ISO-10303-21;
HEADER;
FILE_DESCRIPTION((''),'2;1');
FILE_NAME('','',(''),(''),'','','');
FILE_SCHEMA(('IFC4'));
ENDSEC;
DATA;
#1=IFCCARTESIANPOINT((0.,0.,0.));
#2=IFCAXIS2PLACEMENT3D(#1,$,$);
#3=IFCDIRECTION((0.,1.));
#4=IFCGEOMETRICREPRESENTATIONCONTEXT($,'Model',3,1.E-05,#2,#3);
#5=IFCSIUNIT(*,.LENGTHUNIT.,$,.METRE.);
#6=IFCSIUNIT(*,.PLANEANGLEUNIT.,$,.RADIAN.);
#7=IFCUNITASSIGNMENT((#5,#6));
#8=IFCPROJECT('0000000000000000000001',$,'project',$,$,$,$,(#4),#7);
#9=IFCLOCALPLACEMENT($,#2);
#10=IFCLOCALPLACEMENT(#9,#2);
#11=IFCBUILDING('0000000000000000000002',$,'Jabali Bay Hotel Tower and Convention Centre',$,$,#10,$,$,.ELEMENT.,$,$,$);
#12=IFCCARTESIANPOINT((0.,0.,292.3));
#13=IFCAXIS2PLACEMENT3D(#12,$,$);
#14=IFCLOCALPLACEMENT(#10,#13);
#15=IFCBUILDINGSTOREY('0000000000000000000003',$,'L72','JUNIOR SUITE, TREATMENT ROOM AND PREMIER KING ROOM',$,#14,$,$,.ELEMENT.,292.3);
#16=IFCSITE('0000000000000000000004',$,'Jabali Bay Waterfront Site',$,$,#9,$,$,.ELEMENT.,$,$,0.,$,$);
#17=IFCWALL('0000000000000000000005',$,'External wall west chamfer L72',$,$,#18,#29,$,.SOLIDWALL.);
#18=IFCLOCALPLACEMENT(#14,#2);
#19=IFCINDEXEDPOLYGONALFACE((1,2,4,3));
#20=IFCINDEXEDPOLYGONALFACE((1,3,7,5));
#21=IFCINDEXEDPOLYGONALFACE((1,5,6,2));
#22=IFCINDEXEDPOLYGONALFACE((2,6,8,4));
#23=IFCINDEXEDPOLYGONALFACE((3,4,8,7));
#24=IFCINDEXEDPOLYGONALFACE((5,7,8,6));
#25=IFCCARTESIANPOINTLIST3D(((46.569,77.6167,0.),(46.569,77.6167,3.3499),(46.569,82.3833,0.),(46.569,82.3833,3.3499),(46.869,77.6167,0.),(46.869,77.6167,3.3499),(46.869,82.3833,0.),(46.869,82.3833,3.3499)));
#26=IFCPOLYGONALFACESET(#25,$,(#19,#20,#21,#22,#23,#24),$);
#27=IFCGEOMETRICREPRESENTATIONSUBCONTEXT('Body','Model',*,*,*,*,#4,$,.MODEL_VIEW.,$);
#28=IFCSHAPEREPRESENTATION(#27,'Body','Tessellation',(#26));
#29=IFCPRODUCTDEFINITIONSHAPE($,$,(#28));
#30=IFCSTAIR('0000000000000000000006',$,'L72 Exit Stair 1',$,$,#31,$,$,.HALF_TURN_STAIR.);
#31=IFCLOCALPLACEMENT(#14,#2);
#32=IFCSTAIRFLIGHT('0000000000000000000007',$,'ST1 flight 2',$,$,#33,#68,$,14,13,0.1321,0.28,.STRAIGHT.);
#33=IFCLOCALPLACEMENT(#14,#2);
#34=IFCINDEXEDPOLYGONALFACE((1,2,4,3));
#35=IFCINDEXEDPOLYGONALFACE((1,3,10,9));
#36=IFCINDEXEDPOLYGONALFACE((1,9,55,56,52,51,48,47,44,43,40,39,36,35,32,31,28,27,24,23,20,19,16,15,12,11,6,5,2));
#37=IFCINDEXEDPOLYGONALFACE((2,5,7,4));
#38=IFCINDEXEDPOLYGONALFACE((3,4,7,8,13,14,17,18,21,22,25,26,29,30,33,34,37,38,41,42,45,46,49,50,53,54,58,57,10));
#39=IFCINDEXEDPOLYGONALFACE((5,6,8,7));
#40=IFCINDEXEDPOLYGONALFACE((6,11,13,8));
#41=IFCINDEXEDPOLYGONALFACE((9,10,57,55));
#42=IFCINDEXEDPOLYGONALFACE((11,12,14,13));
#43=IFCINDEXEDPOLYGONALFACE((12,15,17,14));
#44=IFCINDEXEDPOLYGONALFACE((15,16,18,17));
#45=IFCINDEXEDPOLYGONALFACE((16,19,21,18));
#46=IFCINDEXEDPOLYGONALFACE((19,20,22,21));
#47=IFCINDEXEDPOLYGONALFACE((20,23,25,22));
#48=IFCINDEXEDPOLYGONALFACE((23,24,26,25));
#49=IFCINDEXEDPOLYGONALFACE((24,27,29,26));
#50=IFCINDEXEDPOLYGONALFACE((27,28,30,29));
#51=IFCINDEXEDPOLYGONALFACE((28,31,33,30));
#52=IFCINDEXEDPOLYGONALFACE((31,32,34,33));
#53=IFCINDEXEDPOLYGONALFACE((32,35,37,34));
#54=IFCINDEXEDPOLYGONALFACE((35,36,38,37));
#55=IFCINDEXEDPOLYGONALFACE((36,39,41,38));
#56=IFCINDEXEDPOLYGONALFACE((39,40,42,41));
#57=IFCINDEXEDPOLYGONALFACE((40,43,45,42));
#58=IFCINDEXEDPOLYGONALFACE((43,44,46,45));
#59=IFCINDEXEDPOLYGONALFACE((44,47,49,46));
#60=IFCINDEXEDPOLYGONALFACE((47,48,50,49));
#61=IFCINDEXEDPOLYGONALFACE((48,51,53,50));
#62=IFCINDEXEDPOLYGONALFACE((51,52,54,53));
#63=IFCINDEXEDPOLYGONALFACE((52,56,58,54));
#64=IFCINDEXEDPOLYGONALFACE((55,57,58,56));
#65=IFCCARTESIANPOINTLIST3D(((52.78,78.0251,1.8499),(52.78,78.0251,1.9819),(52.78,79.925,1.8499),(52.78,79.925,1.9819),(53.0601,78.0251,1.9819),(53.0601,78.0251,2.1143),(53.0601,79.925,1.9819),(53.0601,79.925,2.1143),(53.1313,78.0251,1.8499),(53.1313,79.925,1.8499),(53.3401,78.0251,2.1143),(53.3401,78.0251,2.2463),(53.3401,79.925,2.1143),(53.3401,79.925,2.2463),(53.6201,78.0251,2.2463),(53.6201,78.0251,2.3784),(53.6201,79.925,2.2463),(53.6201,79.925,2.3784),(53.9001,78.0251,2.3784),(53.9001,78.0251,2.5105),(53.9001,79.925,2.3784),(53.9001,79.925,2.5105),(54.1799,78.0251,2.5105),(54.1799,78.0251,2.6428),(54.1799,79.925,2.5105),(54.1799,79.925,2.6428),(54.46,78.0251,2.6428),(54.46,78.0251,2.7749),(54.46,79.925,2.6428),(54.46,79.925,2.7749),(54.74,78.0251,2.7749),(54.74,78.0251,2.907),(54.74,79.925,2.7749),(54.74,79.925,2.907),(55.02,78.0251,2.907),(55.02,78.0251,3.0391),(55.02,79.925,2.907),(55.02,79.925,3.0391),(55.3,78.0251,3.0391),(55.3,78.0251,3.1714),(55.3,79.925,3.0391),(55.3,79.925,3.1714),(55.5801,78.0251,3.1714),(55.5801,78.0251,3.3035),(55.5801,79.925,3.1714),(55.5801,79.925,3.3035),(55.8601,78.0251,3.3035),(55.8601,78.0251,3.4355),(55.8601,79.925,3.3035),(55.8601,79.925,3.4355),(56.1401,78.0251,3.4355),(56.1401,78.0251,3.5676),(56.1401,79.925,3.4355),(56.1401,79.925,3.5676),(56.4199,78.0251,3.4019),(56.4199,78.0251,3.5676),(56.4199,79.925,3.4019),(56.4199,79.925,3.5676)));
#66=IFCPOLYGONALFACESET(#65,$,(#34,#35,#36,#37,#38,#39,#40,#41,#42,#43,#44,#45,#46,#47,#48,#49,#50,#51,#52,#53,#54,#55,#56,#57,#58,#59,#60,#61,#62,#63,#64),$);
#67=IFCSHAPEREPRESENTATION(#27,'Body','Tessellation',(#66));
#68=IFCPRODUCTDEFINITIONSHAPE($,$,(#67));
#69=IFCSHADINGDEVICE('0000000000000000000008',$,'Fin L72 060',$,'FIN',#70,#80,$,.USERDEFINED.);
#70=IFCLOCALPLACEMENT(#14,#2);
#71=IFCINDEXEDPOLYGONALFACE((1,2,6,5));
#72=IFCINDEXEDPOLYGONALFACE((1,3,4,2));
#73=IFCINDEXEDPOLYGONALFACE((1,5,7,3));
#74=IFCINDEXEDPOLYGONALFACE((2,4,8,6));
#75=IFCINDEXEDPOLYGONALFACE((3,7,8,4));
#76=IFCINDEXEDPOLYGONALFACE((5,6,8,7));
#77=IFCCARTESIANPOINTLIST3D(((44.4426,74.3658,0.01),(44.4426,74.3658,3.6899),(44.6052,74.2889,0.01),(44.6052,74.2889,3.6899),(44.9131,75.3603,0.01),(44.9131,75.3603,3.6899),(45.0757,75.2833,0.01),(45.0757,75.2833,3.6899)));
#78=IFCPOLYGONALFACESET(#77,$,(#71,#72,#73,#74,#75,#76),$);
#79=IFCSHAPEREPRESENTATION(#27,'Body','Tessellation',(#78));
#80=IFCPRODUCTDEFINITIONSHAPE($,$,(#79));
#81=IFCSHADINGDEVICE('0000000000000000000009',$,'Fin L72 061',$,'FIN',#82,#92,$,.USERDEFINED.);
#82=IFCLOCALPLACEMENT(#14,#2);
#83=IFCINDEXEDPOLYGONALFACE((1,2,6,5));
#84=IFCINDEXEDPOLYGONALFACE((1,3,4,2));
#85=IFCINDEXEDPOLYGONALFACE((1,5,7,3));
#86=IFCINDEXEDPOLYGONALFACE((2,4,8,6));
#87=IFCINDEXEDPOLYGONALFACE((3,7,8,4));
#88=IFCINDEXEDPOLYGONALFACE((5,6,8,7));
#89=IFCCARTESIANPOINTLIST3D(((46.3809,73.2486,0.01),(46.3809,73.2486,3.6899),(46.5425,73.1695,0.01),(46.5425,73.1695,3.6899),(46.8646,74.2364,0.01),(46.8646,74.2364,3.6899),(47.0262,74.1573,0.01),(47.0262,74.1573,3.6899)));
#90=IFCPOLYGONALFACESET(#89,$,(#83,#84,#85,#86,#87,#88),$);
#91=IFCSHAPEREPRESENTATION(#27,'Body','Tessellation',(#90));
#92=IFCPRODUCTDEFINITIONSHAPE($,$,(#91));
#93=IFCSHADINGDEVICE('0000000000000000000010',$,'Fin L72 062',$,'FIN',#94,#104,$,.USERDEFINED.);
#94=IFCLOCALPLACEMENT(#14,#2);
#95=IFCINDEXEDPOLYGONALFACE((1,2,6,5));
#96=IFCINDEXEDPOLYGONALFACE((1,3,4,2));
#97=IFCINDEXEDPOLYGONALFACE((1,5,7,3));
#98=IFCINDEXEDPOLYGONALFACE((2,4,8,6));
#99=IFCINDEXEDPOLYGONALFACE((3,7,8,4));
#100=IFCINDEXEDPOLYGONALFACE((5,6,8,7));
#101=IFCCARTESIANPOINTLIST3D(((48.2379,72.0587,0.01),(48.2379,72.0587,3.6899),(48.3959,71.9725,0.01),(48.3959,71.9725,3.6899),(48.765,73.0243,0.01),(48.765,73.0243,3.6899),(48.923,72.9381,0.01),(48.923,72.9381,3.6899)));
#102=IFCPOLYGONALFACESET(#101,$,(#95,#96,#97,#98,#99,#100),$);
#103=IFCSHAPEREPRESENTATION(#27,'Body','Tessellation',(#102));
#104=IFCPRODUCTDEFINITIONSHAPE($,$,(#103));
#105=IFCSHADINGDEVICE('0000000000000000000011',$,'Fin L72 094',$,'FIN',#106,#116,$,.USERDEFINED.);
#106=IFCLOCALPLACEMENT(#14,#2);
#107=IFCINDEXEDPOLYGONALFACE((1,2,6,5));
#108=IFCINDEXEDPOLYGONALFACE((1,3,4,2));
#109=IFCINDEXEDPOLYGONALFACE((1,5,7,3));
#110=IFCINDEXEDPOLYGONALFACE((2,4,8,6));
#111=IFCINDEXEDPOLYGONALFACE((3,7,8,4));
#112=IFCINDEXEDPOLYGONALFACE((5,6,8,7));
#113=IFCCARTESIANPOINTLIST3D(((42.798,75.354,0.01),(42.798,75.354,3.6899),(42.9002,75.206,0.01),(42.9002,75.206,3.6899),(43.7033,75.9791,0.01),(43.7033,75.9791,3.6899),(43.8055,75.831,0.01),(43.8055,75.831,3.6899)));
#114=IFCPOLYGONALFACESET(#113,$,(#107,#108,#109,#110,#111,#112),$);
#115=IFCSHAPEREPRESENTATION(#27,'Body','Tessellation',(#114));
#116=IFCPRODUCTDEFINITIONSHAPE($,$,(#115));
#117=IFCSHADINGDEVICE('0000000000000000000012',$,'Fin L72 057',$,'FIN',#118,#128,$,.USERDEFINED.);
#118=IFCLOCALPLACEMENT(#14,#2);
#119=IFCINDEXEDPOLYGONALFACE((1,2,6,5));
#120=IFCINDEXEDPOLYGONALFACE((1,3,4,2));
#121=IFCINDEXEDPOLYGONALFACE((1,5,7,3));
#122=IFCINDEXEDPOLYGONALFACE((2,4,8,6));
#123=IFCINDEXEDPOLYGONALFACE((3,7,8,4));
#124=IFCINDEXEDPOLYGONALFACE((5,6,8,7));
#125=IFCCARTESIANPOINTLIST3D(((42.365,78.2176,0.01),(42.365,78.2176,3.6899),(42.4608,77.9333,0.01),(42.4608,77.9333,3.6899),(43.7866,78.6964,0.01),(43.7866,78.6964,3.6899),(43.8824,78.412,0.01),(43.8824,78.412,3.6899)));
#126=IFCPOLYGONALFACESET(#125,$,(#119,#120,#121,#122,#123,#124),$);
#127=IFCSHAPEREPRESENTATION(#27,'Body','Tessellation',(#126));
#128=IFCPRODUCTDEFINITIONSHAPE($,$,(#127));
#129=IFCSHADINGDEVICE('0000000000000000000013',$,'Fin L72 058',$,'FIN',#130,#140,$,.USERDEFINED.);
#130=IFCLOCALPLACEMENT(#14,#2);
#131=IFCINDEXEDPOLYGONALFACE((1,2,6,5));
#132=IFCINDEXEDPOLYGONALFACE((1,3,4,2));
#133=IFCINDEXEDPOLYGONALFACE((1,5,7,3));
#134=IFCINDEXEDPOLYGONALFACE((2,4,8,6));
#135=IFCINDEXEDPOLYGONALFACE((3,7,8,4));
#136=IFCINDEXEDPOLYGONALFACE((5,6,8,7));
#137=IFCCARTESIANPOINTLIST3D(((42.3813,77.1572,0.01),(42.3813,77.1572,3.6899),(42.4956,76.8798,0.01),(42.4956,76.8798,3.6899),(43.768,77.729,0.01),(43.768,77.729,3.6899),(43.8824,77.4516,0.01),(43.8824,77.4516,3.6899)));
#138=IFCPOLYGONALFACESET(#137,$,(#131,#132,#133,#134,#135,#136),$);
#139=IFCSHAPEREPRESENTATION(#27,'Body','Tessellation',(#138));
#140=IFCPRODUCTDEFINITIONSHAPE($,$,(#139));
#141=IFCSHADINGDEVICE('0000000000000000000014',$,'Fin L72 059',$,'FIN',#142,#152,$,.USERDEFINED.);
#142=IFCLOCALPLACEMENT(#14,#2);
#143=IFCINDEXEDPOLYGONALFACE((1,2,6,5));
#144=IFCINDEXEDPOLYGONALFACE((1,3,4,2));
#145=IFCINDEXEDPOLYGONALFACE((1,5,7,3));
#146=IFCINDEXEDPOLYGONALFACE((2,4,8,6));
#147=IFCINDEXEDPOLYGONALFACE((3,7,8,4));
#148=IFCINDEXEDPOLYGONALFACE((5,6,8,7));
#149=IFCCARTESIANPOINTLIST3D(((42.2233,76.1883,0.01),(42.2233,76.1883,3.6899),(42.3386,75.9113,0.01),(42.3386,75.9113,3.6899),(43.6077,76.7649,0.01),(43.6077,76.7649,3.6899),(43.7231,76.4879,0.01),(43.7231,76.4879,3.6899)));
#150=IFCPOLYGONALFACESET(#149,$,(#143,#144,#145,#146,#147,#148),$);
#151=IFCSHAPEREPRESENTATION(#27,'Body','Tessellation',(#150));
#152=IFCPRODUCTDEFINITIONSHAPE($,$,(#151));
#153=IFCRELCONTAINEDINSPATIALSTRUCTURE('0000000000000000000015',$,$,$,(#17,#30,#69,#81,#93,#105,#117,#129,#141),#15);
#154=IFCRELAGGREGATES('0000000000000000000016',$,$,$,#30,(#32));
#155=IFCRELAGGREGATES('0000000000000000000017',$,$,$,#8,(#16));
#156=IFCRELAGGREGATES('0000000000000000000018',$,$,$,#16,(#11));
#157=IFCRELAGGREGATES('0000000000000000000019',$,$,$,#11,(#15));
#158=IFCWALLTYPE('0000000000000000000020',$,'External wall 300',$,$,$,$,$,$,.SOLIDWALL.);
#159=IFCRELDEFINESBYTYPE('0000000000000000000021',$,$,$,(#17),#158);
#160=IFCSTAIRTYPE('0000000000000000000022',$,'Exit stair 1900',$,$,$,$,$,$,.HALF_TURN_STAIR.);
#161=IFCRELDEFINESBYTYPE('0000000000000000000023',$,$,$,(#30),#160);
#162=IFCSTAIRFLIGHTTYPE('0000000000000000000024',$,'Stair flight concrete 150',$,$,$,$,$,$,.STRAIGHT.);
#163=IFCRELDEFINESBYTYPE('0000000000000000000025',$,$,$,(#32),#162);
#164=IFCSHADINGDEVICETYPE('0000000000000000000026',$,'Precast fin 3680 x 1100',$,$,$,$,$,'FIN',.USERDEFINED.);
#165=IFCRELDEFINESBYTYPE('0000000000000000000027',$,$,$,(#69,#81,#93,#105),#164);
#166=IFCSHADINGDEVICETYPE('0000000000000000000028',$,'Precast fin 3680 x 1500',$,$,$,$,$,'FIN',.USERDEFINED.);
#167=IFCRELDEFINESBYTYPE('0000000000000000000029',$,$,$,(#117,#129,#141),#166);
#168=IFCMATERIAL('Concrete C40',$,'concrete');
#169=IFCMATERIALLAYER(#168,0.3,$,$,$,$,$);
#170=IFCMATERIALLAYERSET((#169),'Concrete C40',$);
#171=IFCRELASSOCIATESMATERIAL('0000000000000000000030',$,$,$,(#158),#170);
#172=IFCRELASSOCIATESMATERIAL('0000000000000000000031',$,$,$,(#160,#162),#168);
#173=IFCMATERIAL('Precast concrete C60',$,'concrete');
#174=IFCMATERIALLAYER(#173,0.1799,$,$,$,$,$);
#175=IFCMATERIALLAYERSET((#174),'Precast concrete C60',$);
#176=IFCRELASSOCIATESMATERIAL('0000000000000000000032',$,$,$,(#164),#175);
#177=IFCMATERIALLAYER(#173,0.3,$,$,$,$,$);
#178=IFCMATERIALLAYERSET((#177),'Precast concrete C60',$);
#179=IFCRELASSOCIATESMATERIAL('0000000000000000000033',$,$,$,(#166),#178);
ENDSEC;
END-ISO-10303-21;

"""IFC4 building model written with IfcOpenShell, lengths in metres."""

from ifc_helpers import new_model, si_unit, direction, frame, frame_2d, origin, place, context, subcontext, project, spatial, polyline, rectangle, outline, extrude, material, layer, layer_set, type_object, element, aggregate, save


model = new_model("IFC4")

# Units and contexts
model_context = context("Model", 3, precision=1e-05, world=origin(), true_north=direction((0.0, 1.0)))
body_context = subcontext(model_context, "Body", "Model", "MODEL_VIEW")
ifc_project = project(units=[si_unit("LENGTHUNIT", "METRE"), si_unit("PLANEANGLEUNIT", "RADIAN")], contexts=[model_context])

# Site, building, storey
site_placement = place(None, origin())
site = spatial("IfcSite", under=ifc_project, at=site_placement, Name="Jabali Bay Waterfront Site", CompositionType="ELEMENT", RefElevation=0.0)
building_placement = place(site_placement, origin())
building = spatial("IfcBuilding", under=site, at=building_placement, Name="Jabali Bay Hotel Tower and Convention Centre", CompositionType="ELEMENT")
storey_placement = place(building_placement, frame((0.0, 0.0, 292.3)))
storey = spatial("IfcBuildingStorey", under=building, at=storey_placement, Name="L72", Description="JUNIOR SUITE, TREATMENT ROOM AND PREMIER KING ROOM", CompositionType="ELEMENT", Elevation=292.3)

# Shared definitions
ifc_material_1 = material(Name="Concrete C40", Category="concrete")

# Wall
ifc_layer_1 = layer(ifc_material_1, 0.3)
ifc_layer_set_1 = layer_set([ifc_layer_1], Name="Concrete C40")
wall_type_1 = type_object("IfcWallType", Name="External wall 300", PredefinedType="SOLIDWALL", material=ifc_layer_set_1)
wall_1_placement = place(storey_placement, frame((46.719, 77.6167, 0.0), z_axis=(0.0, 0.0, 1.0), x_axis=(0.0, 1.0, 0.0)))
element("IfcWall", 1, at=wall_1_placement, inside=storey, type_object=wall_type_1, Name="External wall west chamfer L72", PredefinedType="SOLIDWALL", context=body_context, shape_type="SweptSolid", body=[
    extrude(rectangle(XDim=4.7666, YDim=0.3, at=frame_2d((2.3833, 0.0))), origin(), (0.0, 0.0, 1.0), 3.3499),
])

# Stair, stair flight
stair_type = type_object("IfcStairType", Name="Exit stair 1900", PredefinedType="HALF_TURN_STAIR", material=ifc_material_1)
stair_placement = place(storey_placement, origin())
stair = element("IfcStair", 2, at=stair_placement, inside=storey, type_object=stair_type, Name="L72 Exit Stair 1", PredefinedType="HALF_TURN_STAIR")
stair_flight_type = type_object("IfcStairFlightType", Name="Stair flight concrete 150", PredefinedType="STRAIGHT", material=ifc_material_1)
stair_flight_placement = place(storey_placement, frame((52.78, 78.9751, 1.8499), z_axis=(0.0, 0.0, 1.0), x_axis=(1.0, 0.0, 0.0)))
stair_flight = element("IfcStairFlight", 3, at=stair_flight_placement, type_object=stair_flight_type, Name="ST1 flight 2", NumberOfRisers=14, NumberOfTreads=13, PredefinedType="STRAIGHT", RiserHeight=0.1321, TreadLength=0.28, context=body_context, shape_type="SweptSolid", body=[
    extrude(outline(polyline([(0.0, 0.0), (0.0, 0.1321), (0.28, 0.1321), (0.28, 0.2644), (0.5601, 0.2644), (0.5601, 0.3965), (0.8401, 0.3965), (0.8401, 0.5286), (1.1201, 0.5286), (1.1201, 0.6606), (1.3999, 0.6606), (1.3999, 0.793), (1.6799, 0.793), (1.6799, 0.925), (1.96, 0.925), (1.96, 1.0571), (2.24, 1.0571), (2.24, 1.1892), (2.52, 1.1892), (2.52, 1.3215), (2.8, 1.3215), (2.8, 1.4536), (3.0801, 1.4536), (3.0801, 1.5857), (3.3601, 1.5857), (3.3601, 1.7178), (3.6399, 1.7178), (3.6399, 1.8501), (3.6399, 1.552), (0.3513, 0.0), (0.0, 0.0)])), frame((0.0, 0.95, 0.0), z_axis=(0.0, -1.0, 0.0), x_axis=(1.0, 0.0, 0.0)), (0.0, 0.0, 1.0), 1.8999),
])
aggregate(stair, [stair_flight])

# Shading devices
ifc_material_2 = material(Name="Precast concrete C60", Category="concrete")
ifc_layer_2 = layer(ifc_material_2, 0.1799)
ifc_layer_set_2 = layer_set([ifc_layer_2], Name="Precast concrete C60")
shading_device_type_1 = type_object("IfcShadingDeviceType", Name="Precast fin 3680 x 1100", ElementType="FIN", PredefinedType="USERDEFINED", material=ifc_layer_set_2)
shading_device_1_placement = place(storey_placement, frame((44.9944, 75.3218, 0.01), z_axis=(0.0, 0.0, 1.0), x_axis=(-0.427667, -0.903937, 0.0)))
element("IfcShadingDevice", 4, at=shading_device_1_placement, inside=storey, type_object=shading_device_type_1, Name="Fin L72 060", ObjectType="FIN", PredefinedType="USERDEFINED", context=body_context, shape_type="SweptSolid", body=[
    extrude(rectangle(XDim=1.1001, YDim=0.1799, at=frame_2d((0.55, 0.0))), origin(), (0.0, 0.0, 1.0), 3.6799),
])
shading_device_2_placement = place(storey_placement, frame((46.9453, 74.1968, 0.01), z_axis=(0.0, 0.0, 1.0), x_axis=(-0.43974, -0.898125, 0.0)))
element("IfcShadingDevice", 5, at=shading_device_2_placement, inside=storey, type_object=shading_device_type_1, Name="Fin L72 061", ObjectType="FIN", PredefinedType="USERDEFINED", context=body_context, shape_type="SweptSolid", body=[
    extrude(rectangle(XDim=1.0999, YDim=0.1799, at=frame_2d((0.5498, 0.0))), origin(), (0.0, 0.0, 1.0), 3.6799),
])
for number, where, z_axis, x_axis, name in (
    (6, (48.844, 72.9812, 0.01), (0.0, 0.0, 1.0), (-0.479148, -0.877734, 0.0), "Fin L72 062"),
    (7, (43.7544, 75.905, 0.01), (0.0, 0.0, 1.0), (-0.822927, -0.568148, 0.0), "Fin L72 094"),
):
    element("IfcShadingDevice", number, at=place(storey_placement, frame(where, z_axis=z_axis, x_axis=x_axis)), inside=storey, type_object=shading_device_type_1, Name=name, ObjectType="FIN", PredefinedType="USERDEFINED", context=body_context, shape_type="SweptSolid", body=[
        extrude(rectangle(XDim=1.1001, YDim=0.1799, at=frame_2d((0.55, 0.0))), origin(), (0.0, 0.0, 1.0), 3.6799),
    ])
ifc_layer_3 = layer(ifc_material_2, 0.3)
ifc_layer_set_3 = layer_set([ifc_layer_3], Name="Precast concrete C60")
shading_device_type_2 = type_object("IfcShadingDeviceType", Name="Precast fin 3680 x 1500", ElementType="FIN", PredefinedType="USERDEFINED", material=ifc_layer_set_3)
for number, where, z_axis, x_axis, name in (
    (8, (43.8345, 78.5542, 0.01), (0.0, 0.0, 1.0), (-0.947702, -0.319156, 0.0), "Fin L72 057"),
    (9, (43.8252, 77.5903, 0.01), (0.0, 0.0, 1.0), (-0.924496, -0.381192, 0.0), "Fin L72 058"),
):
    element("IfcShadingDevice", number, at=place(storey_placement, frame(where, z_axis=z_axis, x_axis=x_axis)), inside=storey, type_object=shading_device_type_2, Name=name, ObjectType="FIN", PredefinedType="USERDEFINED", context=body_context, shape_type="SweptSolid", body=[
        extrude(rectangle(XDim=1.5, YDim=0.3, at=frame_2d((0.75, 0.0))), origin(), (0.0, 0.0, 1.0), 3.6799),
    ])
shading_device_3_placement = place(storey_placement, frame((43.6655, 76.6265, 0.01), z_axis=(0.0, 0.0, 1.0), x_axis=(-0.92313, -0.384488, 0.0)))
element("IfcShadingDevice", 10, at=shading_device_3_placement, inside=storey, type_object=shading_device_type_2, Name="Fin L72 059", ObjectType="FIN", PredefinedType="USERDEFINED", context=body_context, shape_type="SweptSolid", body=[
    extrude(rectangle(XDim=1.4998, YDim=0.3, at=frame_2d((0.75, 0.0))), origin(), (0.0, 0.0, 1.0), 3.6799),
])

save(model, "model.ifc")
